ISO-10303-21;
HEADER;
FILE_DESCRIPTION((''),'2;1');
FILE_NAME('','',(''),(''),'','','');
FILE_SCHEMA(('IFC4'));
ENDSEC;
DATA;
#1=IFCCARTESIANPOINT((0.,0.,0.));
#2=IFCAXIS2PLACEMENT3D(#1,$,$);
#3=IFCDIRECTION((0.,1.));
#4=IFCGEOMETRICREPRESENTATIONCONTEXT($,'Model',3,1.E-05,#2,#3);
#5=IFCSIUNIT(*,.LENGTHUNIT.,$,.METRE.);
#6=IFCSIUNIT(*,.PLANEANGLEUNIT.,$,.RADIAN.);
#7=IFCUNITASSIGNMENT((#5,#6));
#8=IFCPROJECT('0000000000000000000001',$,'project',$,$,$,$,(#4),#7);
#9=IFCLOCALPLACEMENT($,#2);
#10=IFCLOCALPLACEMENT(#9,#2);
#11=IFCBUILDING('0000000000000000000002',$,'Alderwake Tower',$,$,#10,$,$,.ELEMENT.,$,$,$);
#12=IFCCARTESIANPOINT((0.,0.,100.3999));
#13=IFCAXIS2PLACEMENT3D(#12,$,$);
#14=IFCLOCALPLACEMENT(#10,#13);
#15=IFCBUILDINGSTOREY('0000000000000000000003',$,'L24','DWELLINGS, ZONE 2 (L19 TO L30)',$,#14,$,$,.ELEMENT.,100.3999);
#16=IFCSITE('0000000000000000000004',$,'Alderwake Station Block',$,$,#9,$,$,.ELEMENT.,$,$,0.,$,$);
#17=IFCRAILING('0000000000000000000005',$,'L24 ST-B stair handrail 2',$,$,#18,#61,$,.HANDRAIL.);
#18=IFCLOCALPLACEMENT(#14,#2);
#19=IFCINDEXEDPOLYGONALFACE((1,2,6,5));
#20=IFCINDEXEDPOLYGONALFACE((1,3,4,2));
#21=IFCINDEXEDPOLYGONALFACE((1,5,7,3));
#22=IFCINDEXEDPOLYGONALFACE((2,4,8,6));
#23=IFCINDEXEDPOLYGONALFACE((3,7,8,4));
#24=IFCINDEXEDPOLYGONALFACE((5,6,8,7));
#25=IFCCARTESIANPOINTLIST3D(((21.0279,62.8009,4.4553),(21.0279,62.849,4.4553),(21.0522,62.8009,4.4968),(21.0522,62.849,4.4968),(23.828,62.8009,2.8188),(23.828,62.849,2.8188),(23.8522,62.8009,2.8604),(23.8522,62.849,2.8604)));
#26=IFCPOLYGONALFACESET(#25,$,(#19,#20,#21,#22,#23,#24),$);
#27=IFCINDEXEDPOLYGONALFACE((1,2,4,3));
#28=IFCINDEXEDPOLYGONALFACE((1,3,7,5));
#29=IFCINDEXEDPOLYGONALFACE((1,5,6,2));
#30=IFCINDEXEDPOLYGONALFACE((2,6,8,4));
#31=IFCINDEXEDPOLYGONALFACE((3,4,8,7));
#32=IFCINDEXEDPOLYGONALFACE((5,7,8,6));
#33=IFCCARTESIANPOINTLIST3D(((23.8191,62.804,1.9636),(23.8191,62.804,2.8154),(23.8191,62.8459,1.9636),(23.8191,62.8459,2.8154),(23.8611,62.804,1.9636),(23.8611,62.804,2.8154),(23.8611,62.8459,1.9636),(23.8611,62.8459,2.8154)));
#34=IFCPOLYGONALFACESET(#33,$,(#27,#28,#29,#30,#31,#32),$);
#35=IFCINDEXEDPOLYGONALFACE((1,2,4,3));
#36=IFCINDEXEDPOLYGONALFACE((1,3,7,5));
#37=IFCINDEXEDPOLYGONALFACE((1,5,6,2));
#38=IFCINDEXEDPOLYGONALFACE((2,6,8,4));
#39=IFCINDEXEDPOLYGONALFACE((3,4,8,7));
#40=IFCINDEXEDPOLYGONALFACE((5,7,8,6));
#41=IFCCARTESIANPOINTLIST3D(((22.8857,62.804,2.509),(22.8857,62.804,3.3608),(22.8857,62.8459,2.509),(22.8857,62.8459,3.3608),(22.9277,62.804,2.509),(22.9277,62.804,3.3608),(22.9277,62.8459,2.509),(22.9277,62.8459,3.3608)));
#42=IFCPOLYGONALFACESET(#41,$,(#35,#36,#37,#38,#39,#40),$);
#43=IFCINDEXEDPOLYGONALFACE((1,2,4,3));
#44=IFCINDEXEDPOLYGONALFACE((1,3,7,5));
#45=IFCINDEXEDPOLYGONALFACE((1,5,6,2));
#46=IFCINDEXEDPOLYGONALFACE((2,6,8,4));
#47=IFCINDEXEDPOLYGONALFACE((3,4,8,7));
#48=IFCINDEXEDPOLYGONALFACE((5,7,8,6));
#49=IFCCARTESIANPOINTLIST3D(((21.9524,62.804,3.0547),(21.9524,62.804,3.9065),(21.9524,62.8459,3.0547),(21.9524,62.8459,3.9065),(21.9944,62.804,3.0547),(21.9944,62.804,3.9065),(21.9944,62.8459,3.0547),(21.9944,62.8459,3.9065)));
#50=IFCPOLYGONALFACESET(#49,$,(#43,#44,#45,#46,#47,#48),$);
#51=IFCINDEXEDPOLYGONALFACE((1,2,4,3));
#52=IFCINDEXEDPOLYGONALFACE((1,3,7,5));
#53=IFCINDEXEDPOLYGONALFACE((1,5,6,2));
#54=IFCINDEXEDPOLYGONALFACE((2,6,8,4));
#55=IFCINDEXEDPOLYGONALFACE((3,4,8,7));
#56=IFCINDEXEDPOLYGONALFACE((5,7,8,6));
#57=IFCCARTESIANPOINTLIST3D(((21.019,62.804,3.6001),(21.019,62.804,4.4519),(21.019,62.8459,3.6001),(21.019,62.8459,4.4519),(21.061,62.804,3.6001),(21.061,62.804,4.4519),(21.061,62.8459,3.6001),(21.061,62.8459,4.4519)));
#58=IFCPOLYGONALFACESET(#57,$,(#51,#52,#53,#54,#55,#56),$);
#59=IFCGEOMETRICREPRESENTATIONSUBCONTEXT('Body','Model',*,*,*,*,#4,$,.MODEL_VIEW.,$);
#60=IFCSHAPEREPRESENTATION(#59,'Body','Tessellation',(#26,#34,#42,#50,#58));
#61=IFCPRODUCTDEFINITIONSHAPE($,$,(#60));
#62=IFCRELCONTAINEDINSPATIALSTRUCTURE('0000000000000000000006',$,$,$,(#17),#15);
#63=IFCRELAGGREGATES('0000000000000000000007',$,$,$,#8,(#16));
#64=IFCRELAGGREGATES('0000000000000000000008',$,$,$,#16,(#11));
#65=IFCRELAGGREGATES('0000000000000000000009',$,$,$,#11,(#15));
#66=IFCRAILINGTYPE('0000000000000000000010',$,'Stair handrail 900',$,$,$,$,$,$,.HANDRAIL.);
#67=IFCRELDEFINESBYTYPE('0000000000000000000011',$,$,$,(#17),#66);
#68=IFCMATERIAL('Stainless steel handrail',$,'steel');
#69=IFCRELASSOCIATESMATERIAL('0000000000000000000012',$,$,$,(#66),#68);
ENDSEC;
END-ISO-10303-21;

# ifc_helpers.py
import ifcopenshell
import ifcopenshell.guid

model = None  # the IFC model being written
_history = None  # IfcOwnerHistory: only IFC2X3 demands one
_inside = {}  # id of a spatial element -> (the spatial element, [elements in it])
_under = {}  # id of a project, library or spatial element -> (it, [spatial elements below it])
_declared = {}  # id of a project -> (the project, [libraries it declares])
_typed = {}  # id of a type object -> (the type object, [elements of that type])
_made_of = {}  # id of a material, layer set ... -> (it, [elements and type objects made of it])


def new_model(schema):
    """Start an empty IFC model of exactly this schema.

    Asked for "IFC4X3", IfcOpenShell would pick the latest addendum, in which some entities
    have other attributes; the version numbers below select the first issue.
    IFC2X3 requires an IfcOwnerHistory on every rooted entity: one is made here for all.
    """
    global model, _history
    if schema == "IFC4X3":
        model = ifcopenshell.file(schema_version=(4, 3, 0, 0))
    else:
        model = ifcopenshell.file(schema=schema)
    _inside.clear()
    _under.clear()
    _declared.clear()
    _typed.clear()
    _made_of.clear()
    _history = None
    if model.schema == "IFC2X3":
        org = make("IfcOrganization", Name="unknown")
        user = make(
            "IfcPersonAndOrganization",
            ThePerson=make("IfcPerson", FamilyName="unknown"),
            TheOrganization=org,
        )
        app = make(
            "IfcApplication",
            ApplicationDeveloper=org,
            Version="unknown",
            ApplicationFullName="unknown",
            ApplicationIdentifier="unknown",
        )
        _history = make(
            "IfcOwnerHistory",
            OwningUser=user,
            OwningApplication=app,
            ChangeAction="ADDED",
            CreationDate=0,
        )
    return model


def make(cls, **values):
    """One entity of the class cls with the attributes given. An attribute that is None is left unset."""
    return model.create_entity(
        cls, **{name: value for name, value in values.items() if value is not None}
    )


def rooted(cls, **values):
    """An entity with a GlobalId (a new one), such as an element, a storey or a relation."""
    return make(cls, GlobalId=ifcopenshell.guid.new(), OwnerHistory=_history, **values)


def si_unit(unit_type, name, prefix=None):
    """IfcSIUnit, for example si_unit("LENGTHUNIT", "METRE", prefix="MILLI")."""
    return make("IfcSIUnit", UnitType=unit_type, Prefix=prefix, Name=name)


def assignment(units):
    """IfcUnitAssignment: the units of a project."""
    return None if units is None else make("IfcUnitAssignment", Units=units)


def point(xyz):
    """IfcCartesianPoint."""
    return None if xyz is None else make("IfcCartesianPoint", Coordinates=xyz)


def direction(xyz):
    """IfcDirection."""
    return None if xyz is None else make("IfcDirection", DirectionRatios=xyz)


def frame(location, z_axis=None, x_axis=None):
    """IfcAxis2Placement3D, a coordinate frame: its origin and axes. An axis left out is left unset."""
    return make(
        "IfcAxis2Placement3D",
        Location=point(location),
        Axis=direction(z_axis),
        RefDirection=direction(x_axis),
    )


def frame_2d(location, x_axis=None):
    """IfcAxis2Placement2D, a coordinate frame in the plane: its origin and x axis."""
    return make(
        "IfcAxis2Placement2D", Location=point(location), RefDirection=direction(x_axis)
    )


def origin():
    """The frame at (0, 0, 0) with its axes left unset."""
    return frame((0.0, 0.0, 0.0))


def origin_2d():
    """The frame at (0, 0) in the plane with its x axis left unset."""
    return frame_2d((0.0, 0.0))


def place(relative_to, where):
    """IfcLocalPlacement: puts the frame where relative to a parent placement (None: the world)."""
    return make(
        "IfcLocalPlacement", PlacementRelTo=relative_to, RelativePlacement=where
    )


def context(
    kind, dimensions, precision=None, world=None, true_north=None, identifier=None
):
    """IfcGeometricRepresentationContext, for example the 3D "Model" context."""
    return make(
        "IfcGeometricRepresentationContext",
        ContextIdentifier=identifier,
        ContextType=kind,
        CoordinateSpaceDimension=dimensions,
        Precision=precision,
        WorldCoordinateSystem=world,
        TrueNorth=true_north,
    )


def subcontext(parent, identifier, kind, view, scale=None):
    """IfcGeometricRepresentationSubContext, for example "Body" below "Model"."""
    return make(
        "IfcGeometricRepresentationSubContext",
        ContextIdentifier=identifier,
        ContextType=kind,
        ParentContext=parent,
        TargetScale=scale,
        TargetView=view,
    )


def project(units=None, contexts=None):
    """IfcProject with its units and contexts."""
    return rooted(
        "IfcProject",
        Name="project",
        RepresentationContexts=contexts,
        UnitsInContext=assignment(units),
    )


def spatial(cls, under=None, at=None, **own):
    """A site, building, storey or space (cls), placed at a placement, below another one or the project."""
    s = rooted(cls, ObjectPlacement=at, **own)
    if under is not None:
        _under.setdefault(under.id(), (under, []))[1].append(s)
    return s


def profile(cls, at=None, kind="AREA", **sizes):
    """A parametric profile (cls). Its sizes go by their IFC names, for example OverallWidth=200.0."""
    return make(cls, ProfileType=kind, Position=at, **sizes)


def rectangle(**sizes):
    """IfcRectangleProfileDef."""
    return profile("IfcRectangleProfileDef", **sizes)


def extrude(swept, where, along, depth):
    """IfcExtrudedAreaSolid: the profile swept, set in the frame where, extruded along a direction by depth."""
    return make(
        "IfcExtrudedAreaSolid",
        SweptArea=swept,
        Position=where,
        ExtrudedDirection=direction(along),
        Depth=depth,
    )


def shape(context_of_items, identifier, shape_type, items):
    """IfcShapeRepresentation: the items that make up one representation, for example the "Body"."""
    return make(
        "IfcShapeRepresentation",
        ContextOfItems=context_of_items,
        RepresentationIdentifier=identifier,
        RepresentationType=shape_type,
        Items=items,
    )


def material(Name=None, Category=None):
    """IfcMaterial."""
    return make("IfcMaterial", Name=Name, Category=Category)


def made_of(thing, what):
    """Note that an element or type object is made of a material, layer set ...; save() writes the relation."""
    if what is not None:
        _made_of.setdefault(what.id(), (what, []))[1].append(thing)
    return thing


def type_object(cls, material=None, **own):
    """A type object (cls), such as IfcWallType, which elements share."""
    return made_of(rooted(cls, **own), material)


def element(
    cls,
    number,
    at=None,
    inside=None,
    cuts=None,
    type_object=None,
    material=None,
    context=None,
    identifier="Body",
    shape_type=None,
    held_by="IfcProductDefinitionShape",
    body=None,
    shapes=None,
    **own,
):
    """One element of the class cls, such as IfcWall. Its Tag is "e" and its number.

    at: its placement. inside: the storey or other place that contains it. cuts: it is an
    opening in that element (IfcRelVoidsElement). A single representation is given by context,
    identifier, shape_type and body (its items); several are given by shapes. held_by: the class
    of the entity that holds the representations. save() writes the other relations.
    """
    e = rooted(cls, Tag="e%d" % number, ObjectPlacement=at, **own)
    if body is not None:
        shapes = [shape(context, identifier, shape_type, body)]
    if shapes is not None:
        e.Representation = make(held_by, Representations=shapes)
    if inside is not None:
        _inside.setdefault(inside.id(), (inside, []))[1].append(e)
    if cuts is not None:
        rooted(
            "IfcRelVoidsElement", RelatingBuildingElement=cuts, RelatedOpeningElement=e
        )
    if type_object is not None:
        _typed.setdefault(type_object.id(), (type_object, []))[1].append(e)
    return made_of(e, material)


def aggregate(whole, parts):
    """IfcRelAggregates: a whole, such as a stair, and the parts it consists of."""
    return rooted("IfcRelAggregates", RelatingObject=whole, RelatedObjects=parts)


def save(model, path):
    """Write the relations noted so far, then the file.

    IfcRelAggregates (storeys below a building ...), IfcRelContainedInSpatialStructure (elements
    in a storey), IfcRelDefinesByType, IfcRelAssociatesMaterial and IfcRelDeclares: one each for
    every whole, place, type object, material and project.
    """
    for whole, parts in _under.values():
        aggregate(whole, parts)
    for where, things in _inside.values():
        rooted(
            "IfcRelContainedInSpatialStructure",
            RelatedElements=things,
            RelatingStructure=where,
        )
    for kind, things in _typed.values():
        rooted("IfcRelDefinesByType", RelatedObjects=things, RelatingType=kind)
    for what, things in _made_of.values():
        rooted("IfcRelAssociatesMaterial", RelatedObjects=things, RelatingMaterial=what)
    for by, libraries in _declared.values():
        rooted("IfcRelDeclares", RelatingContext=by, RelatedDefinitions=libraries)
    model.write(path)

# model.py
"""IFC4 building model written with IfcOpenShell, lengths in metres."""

from ifc_helpers import new_model, si_unit, direction, frame, origin, origin_2d, place, context, subcontext, project, spatial, rectangle, extrude, material, type_object, element, save


model = new_model("IFC4")

# Units and contexts
model_context = context("Model", 3, precision=1e-05, world=origin(), true_north=direction((0.0, 1.0)))
body_context = subcontext(model_context, "Body", "Model", "MODEL_VIEW")
ifc_project = project(units=[si_unit("LENGTHUNIT", "METRE"), si_unit("PLANEANGLEUNIT", "RADIAN")], contexts=[model_context])

# Site, building, storey
site_placement = place(None, origin())
site = spatial("IfcSite", under=ifc_project, at=site_placement, Name="Alderwake Station Block", CompositionType="ELEMENT", RefElevation=0.0)
building_placement = place(site_placement, origin())
building = spatial("IfcBuilding", under=site, at=building_placement, Name="Alderwake Tower", CompositionType="ELEMENT")
storey_placement = place(building_placement, frame((0.0, 0.0, 100.3999)))
storey = spatial("IfcBuildingStorey", under=building, at=storey_placement, Name="L24", Description="DWELLINGS, ZONE 2 (L19 TO L30)", CompositionType="ELEMENT", Elevation=100.3999)

# Railing
ifc_material_1 = material(Name="Stainless steel handrail", Category="steel")
railing_type_1 = type_object("IfcRailingType", Name="Stair handrail 900", PredefinedType="HANDRAIL", material=ifc_material_1)
railing_1_placement = place(storey_placement, frame((23.8401, 62.825, 1.9636)))
element("IfcRailing", 1, at=railing_1_placement, inside=storey, type_object=railing_type_1, Name="L24 ST-B stair handrail 2", PredefinedType="HANDRAIL", context=body_context, shape_type="SweptSolid", body=[
    extrude(rectangle(XDim=0.0481, YDim=0.0481, at=origin_2d()), frame((0.0, 0.0, 0.876), z_axis=(-0.863361, 0.0, 0.504587), x_axis=(0.0, -1.0, 0.0)), (0.0, 0.0, 1.0), 3.2432),
    extrude(rectangle(XDim=0.042, YDim=0.042, at=origin_2d()), frame((0.0, 0.0, 0.0), z_axis=(0.0, 0.0, 1.0), x_axis=(-1.0, 0.0, 0.0)), (0.0, 0.0, 1.0), 0.8518),
    extrude(rectangle(XDim=0.042, YDim=0.042, at=origin_2d()), frame((-0.9333, 0.0, 0.5454), z_axis=(0.0, 0.0, 1.0), x_axis=(-1.0, 0.0, 0.0)), (0.0, 0.0, 1.0), 0.8518),
    extrude(rectangle(XDim=0.042, YDim=0.042, at=origin_2d()), frame((-1.8667, 0.0, 1.0911), z_axis=(0.0, 0.0, 1.0), x_axis=(-1.0, 0.0, 0.0)), (0.0, 0.0, 1.0), 0.8518),
    extrude(rectangle(XDim=0.042, YDim=0.042, at=origin_2d()), frame((-2.8, 0.0, 1.6365), z_axis=(0.0, 0.0, 1.0), x_axis=(-1.0, 0.0, 0.0)), (0.0, 0.0, 1.0), 0.8518),
])

save(model, "model.ifc")
